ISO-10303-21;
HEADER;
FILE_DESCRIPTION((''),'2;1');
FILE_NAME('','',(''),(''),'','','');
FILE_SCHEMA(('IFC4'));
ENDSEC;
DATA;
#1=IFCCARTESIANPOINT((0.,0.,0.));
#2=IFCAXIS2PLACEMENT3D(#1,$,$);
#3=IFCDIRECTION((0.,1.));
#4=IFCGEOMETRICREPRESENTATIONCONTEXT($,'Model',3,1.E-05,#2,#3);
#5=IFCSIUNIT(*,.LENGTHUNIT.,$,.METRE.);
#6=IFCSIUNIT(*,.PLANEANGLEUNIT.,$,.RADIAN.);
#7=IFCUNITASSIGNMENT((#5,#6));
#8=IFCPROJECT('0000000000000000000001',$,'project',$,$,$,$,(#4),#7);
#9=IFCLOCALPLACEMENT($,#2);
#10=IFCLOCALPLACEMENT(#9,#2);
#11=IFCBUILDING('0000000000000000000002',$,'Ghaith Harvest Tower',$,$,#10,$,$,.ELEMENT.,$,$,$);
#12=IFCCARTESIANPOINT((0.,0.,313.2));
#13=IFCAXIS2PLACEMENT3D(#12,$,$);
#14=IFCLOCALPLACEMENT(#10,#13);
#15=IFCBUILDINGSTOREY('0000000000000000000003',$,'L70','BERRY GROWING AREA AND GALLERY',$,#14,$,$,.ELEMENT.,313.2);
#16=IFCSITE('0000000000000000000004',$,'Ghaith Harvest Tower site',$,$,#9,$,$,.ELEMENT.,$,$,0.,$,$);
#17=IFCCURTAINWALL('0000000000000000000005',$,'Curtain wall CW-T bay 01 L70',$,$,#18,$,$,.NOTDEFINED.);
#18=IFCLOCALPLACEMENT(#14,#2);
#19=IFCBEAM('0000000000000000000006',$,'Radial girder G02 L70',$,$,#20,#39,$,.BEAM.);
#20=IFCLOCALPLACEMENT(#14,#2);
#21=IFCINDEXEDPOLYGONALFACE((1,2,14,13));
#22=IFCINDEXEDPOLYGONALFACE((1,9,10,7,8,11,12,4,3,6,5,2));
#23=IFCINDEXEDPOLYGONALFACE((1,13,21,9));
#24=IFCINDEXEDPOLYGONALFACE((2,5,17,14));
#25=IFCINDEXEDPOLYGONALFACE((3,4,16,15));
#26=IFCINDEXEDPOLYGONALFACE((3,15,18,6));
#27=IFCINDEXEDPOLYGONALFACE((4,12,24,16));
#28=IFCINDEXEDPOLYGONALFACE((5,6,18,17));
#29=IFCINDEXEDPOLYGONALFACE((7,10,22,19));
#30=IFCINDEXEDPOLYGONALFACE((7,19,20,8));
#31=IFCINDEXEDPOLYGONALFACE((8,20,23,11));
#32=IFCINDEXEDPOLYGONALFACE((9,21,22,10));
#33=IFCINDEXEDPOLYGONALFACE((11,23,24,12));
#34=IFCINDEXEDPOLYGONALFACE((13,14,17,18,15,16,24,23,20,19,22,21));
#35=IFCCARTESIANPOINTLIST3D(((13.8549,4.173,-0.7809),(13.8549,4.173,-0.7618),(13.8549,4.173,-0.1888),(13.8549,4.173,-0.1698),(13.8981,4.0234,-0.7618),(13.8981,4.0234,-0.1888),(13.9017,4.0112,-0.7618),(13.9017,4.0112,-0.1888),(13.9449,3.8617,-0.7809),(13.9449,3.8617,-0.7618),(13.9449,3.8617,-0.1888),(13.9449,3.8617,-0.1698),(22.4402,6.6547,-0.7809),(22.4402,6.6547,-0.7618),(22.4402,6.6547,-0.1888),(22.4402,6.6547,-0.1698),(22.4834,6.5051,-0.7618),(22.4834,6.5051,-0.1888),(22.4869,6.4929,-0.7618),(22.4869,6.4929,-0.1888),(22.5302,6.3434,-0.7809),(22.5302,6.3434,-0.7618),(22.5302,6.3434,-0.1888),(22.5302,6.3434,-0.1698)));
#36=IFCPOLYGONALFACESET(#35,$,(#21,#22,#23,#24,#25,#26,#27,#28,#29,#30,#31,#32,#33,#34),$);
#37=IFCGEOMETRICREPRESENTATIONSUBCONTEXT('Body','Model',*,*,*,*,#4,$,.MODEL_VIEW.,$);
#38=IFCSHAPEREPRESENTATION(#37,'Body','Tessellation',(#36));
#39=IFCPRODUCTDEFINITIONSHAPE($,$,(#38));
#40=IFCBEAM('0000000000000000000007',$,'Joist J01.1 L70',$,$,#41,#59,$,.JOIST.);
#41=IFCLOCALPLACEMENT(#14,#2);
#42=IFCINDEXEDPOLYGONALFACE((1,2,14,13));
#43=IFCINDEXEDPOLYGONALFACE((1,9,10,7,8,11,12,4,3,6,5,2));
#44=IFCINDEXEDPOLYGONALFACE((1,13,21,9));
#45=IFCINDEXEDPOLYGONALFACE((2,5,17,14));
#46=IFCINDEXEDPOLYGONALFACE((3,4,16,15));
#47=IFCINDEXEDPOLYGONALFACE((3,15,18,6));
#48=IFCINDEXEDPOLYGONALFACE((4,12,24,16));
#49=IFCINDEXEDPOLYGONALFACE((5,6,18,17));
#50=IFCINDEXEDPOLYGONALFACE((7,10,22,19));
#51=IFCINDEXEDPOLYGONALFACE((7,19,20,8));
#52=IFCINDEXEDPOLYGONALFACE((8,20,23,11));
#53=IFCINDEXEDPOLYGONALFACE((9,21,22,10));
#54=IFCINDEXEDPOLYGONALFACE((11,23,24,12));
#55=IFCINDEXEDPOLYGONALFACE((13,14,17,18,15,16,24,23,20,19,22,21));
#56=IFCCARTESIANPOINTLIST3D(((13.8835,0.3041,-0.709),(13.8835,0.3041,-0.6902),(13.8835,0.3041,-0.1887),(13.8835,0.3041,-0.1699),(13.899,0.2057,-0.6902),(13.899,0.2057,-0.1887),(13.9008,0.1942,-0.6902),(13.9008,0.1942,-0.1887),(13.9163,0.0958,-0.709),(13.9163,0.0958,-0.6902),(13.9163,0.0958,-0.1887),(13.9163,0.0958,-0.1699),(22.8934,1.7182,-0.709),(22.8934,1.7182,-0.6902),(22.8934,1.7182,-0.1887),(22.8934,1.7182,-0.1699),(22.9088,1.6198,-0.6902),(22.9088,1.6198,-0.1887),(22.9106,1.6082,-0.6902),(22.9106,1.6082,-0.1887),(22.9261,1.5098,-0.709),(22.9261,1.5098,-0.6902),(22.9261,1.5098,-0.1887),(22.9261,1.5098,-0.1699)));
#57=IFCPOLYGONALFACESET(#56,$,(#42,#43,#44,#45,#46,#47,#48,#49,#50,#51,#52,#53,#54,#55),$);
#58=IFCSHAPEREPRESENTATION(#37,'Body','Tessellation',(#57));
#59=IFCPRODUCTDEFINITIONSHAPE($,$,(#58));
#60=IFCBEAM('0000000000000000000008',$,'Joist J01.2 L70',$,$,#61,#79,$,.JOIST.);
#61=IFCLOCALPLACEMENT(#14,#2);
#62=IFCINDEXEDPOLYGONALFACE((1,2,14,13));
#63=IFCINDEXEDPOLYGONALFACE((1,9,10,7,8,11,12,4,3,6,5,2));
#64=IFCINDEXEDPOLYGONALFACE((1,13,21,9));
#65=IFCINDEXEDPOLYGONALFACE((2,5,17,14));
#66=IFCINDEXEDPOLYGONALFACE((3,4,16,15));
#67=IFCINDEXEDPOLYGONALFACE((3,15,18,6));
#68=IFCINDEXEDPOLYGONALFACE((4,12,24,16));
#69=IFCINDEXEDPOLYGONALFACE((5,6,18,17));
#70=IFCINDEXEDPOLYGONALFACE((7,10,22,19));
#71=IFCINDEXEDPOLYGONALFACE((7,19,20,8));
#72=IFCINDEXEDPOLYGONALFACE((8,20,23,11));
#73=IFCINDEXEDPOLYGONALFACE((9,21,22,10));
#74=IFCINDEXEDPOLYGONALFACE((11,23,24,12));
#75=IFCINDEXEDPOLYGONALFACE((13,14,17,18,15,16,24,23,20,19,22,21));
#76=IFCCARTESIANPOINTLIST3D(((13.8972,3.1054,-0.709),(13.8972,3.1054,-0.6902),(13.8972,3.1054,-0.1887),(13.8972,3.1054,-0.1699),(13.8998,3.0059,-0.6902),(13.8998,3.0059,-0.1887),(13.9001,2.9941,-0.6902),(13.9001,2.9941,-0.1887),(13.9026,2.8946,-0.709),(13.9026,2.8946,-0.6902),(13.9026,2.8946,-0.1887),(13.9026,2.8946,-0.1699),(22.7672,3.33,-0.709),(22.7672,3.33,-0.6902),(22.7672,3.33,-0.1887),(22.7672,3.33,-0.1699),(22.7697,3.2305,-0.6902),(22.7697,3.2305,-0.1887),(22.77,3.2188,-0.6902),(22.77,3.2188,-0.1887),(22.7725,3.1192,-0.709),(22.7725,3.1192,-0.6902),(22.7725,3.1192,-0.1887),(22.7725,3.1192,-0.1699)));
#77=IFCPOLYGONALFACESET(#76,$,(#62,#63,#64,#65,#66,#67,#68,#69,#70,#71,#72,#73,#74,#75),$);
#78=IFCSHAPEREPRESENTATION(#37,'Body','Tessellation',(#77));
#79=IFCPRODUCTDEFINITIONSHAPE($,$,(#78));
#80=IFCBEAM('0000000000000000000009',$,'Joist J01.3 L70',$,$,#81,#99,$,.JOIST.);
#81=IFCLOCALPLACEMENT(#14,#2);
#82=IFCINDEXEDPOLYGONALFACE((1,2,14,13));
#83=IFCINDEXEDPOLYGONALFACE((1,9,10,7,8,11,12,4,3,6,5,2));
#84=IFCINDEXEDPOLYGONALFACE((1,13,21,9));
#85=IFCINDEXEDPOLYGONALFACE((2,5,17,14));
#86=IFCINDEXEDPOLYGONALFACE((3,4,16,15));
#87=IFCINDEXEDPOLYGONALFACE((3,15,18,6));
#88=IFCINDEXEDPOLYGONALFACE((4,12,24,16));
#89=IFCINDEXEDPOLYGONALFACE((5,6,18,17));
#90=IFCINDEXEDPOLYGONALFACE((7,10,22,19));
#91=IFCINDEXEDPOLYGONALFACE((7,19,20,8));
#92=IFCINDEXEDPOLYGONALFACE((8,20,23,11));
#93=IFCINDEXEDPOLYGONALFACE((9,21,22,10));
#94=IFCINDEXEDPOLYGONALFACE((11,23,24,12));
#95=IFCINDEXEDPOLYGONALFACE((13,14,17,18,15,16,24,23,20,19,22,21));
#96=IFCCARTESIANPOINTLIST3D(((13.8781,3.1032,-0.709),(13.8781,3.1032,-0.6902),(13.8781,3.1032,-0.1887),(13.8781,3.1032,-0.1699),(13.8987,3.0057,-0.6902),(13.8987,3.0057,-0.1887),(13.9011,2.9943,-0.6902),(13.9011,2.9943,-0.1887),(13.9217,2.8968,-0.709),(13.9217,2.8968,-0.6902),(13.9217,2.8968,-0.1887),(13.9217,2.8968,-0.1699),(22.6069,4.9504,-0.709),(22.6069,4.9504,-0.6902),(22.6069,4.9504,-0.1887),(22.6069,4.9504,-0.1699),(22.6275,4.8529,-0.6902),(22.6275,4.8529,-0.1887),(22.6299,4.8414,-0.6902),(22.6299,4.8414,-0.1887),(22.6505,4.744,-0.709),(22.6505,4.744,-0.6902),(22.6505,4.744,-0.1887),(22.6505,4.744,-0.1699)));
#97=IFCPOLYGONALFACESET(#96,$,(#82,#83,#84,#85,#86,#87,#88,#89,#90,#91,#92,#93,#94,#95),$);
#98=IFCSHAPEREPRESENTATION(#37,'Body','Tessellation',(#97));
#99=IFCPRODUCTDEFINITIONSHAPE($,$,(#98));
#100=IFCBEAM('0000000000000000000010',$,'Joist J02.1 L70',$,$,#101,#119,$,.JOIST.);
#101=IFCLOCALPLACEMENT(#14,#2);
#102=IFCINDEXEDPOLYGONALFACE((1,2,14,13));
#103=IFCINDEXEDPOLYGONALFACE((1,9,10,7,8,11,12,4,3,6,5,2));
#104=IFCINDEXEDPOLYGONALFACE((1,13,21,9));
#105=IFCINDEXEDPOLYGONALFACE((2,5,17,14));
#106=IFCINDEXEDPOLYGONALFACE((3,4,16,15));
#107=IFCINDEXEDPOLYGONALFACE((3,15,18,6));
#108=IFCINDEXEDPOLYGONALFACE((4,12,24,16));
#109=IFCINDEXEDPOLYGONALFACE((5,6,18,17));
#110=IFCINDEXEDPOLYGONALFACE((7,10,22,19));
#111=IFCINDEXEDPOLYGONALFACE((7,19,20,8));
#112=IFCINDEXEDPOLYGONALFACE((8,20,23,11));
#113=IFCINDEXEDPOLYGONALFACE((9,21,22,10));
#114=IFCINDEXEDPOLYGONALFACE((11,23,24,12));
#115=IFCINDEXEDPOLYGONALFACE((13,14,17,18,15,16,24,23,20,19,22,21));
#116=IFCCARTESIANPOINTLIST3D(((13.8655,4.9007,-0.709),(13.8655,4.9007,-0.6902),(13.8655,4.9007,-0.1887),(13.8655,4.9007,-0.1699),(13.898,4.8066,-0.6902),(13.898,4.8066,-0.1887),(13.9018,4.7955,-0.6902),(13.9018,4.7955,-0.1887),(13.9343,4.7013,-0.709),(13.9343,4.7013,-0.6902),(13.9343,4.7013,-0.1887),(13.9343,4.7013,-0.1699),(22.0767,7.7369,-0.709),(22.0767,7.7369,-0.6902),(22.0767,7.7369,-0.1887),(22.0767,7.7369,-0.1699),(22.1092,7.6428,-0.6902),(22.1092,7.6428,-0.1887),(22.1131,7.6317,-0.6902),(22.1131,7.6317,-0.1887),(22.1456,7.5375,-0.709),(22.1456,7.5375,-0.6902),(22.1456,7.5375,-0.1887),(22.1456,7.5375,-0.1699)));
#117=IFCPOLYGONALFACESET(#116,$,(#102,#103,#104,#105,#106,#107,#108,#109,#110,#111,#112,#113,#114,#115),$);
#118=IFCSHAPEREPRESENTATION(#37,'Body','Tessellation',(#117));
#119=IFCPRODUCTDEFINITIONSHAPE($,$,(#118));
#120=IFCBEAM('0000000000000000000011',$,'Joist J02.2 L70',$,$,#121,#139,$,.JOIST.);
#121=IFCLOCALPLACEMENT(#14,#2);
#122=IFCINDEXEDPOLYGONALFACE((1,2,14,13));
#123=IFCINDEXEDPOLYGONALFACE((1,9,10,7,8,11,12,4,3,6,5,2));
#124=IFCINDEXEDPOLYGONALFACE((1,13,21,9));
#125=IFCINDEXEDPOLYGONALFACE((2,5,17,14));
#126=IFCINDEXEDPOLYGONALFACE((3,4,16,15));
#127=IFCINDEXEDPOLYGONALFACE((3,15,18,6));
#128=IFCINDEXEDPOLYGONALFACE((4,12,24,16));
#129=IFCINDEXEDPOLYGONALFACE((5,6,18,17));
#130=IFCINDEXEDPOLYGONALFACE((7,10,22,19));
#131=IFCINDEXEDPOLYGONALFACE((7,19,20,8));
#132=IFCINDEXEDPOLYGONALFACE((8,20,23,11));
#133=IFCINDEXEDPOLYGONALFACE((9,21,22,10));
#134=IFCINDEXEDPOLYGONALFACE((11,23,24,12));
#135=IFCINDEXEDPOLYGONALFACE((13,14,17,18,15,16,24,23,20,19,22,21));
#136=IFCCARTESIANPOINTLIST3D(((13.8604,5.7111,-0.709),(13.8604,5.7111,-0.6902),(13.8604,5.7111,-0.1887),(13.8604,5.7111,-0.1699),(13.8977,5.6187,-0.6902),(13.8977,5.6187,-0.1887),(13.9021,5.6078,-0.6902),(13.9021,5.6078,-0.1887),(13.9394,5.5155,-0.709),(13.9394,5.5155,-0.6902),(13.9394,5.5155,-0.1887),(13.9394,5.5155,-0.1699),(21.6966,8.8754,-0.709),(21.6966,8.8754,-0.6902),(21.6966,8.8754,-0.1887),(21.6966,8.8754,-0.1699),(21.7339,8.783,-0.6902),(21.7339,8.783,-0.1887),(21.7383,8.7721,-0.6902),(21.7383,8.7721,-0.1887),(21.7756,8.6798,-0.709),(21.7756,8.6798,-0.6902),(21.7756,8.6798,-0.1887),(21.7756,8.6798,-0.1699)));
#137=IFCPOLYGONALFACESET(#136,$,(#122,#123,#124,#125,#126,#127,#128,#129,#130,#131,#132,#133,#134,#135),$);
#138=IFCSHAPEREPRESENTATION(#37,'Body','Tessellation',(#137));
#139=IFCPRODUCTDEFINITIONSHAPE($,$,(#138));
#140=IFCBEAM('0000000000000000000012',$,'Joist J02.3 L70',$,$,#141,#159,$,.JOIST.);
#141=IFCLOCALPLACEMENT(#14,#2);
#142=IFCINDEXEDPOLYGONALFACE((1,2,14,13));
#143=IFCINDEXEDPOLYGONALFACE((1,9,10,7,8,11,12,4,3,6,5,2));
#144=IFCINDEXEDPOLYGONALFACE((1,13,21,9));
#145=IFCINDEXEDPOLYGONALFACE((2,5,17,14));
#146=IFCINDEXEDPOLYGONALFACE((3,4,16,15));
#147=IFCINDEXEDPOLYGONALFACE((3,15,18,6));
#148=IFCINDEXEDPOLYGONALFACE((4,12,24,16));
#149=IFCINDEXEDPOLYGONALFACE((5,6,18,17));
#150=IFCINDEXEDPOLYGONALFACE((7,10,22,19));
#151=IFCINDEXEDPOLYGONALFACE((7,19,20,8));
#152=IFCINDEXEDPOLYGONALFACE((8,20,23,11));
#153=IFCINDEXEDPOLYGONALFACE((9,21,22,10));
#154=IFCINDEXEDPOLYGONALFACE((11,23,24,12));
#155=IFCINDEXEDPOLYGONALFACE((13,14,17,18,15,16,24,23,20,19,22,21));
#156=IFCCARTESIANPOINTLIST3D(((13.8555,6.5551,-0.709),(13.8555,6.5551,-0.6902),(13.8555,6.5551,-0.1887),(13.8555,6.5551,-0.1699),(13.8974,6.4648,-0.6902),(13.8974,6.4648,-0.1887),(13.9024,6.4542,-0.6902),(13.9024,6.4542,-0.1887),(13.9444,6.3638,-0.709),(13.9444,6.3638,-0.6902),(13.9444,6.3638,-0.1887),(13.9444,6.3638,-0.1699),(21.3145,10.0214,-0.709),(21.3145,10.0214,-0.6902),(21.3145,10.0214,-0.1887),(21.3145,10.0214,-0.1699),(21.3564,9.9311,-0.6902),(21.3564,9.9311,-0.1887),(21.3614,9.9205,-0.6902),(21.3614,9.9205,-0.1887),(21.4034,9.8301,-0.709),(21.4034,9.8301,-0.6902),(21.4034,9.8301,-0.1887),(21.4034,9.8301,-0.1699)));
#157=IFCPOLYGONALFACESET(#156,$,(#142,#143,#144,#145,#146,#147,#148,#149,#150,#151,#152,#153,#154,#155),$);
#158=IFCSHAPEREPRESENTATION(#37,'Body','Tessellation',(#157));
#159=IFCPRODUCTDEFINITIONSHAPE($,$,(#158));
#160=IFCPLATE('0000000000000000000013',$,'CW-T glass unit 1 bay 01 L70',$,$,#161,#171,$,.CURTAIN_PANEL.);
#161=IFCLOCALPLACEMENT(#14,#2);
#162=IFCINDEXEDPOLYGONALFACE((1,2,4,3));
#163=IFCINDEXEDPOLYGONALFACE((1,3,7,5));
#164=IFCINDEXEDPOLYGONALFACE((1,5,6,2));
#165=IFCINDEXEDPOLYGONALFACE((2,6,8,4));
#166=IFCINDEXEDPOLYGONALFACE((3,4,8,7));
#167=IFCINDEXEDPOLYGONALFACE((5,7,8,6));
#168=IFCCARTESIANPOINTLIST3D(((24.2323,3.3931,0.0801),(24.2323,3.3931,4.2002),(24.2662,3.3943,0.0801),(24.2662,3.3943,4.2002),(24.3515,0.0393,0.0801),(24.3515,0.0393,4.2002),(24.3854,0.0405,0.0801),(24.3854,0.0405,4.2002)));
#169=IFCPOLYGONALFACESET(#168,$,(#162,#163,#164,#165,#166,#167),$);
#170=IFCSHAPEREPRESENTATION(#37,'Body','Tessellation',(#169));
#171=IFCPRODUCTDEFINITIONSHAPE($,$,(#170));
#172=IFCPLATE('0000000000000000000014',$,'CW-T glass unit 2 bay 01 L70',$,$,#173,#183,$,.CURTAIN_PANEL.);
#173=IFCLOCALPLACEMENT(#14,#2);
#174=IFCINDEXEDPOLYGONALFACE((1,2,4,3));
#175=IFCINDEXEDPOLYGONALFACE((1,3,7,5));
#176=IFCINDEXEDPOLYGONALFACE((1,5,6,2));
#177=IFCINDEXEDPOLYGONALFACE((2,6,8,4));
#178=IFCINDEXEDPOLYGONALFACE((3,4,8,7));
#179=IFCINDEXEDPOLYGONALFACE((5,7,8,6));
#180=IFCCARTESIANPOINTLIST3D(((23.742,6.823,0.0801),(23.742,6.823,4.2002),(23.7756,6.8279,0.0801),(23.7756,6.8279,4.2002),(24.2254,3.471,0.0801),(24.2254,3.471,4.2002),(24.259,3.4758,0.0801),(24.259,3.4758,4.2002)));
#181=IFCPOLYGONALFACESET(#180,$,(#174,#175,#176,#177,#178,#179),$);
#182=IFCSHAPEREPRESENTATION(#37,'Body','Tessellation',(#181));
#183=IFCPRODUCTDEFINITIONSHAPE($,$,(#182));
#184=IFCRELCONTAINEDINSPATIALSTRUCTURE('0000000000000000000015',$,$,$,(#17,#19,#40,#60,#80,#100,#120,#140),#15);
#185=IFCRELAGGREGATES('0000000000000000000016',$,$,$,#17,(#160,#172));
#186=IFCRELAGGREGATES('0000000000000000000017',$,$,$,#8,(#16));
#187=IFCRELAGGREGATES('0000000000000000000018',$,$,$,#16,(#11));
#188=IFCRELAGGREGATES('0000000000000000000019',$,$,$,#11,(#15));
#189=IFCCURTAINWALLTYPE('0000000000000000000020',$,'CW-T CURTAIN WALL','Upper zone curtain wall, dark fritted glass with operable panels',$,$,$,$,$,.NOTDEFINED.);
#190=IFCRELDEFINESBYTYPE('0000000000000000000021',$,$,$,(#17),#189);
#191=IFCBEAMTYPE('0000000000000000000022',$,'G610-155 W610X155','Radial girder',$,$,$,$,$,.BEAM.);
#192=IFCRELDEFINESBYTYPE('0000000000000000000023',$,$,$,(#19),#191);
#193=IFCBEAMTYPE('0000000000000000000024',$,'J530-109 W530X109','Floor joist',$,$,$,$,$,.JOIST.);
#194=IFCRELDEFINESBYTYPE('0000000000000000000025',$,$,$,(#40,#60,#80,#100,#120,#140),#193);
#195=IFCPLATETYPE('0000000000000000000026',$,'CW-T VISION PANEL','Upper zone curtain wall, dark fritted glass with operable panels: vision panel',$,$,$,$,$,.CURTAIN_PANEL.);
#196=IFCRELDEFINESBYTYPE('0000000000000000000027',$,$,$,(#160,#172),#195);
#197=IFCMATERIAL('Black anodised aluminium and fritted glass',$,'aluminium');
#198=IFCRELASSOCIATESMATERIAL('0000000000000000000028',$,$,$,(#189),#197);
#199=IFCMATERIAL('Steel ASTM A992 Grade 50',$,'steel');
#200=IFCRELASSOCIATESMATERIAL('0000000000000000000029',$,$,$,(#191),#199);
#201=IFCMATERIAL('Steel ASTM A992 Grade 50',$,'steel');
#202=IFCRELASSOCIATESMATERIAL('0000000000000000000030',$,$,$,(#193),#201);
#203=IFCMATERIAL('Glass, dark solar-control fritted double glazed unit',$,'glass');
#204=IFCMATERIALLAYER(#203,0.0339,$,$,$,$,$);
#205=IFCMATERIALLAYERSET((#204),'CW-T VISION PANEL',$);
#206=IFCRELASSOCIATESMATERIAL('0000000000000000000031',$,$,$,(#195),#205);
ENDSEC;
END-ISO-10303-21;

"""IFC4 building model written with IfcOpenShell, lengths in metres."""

from ifc_helpers import new_model, si_unit, direction, frame, origin, origin_2d, place, context, subcontext, project, spatial, rectangle, i_section, extrude, material, layer, layer_set, material_profile, profile_set, type_object, element, aggregate, save


model = new_model("IFC4")

# Units and contexts
model_context = context("Model", 3, precision=1e-05, world=origin(), true_north=direction((0.0, 1.0)))
body_context = subcontext(model_context, "Body", "Model", "MODEL_VIEW")
ifc_project = project(units=[si_unit("LENGTHUNIT", "METRE"), si_unit("PLANEANGLEUNIT", "RADIAN")], contexts=[model_context])

# Site, building, storey
site_placement = place(None, origin())
site = spatial("IfcSite", under=ifc_project, at=site_placement, Name="Ghaith Harvest Tower site", CompositionType="ELEMENT", RefElevation=0.0)
building_placement = place(site_placement, origin())
building = spatial("IfcBuilding", under=site, at=building_placement, Name="Ghaith Harvest Tower", CompositionType="ELEMENT")
storey_placement = place(building_placement, frame((0.0, 0.0, 313.2)))
storey = spatial("IfcBuildingStorey", under=building, at=storey_placement, Name="L70", Description="BERRY GROWING AREA AND GALLERY", CompositionType="ELEMENT", Elevation=313.2)

# Curtain wall
ifc_material_1 = material(Name="Black anodised aluminium and fritted glass", Category="aluminium")
curtain_wall_type = type_object("IfcCurtainWallType", Name="CW-T CURTAIN WALL", Description="Upper zone curtain wall, dark fritted glass with operable panels", PredefinedType="NOTDEFINED", material=ifc_material_1)
curtain_wall_1_placement = place(storey_placement, origin())
curtain_wall_1 = element("IfcCurtainWall", 1, at=curtain_wall_1_placement, inside=storey, type_object=curtain_wall_type, Name="Curtain wall CW-T bay 01 L70", PredefinedType="NOTDEFINED")

# Beams
ifc_material_2 = material(Name="Steel ASTM A992 Grade 50", Category="steel")
ifc_material_profile_1 = material_profile(ifc_material_2, i_section(OverallWidth=0.324, OverallDepth=0.6111, WebThickness=0.0127, FlangeThickness=0.019, at=origin_2d()), Name="W610X155")
ifc_profile_set_1 = profile_set([ifc_material_profile_1], Name="Steel ASTM A992 Grade 50")
beam_type_1 = type_object("IfcBeamType", Name="G610-155 W610X155", Description="Radial girder", PredefinedType="BEAM", material=ifc_profile_set_1)
beam_1_placement = place(storey_placement, frame((13.8999, 4.0173, -0.4753), z_axis=(0.960669, 0.277697, 0.0), x_axis=(-0.277697, 0.960669, 0.0)))
element("IfcBeam", 2, at=beam_1_placement, inside=storey, type_object=beam_type_1, Name="Radial girder G02 L70", PredefinedType="BEAM", context=body_context, shape_type="SweptSolid", body=[
    extrude(i_section(OverallWidth=0.324, OverallDepth=0.6111, WebThickness=0.0127, FlangeThickness=0.019, at=origin_2d()), origin(), (0.0, 0.0, 1.0), 8.9368),
])
ifc_material_3 = material(Name="Steel ASTM A992 Grade 50", Category="steel")
ifc_material_profile_2 = material_profile(ifc_material_3, i_section(OverallWidth=0.2109, OverallDepth=0.5391, WebThickness=0.0117, FlangeThickness=0.0188, at=origin_2d()), Name="W530X109")
ifc_profile_set_2 = profile_set([ifc_material_profile_2], Name="Steel ASTM A992 Grade 50")
beam_type_2 = type_object("IfcBeamType", Name="J530-109 W530X109", Description="Floor joist", PredefinedType="JOIST", material=ifc_profile_set_2)
beam_2_placement = place(storey_placement, frame((13.8999, 0.2, -0.4395), z_axis=(0.987907, 0.15505, 0.0), x_axis=(-0.15505, 0.987907, 0.0)))
element("IfcBeam", 3, at=beam_2_placement, inside=storey, type_object=beam_type_2, Name="Joist J01.1 L70", PredefinedType="JOIST", context=body_context, shape_type="SweptSolid", body=[
    extrude(i_section(OverallWidth=0.2109, OverallDepth=0.5391, WebThickness=0.0117, FlangeThickness=0.0188, at=origin_2d()), origin(), (0.0, 0.0, 1.0), 9.1201),
])
beam_3_placement = place(storey_placement, frame((13.8999, 3.0, -0.4395), z_axis=(0.99968, 0.025315, 0.0), x_axis=(-0.025315, 0.99968, 0.0)))
element("IfcBeam", 4, at=beam_3_placement, inside=storey, type_object=beam_type_2, Name="Joist J01.2 L70", PredefinedType="JOIST", context=body_context, shape_type="SweptSolid", body=[
    extrude(i_section(OverallWidth=0.2109, OverallDepth=0.5391, WebThickness=0.0117, FlangeThickness=0.0188, at=origin_2d()), origin(), (0.0, 0.0, 1.0), 8.8728),
])
beam_4_placement = place(storey_placement, frame((13.8999, 3.0, -0.4395), z_axis=(0.978334, 0.207034, 0.0), x_axis=(-0.207034, 0.978334, 0.0)))
element("IfcBeam", 5, at=beam_4_placement, inside=storey, type_object=beam_type_2, Name="Joist J01.3 L70", PredefinedType="JOIST", context=body_context, shape_type="SweptSolid", body=[
    extrude(i_section(OverallWidth=0.2109, OverallDepth=0.5391, WebThickness=0.0117, FlangeThickness=0.0188, at=origin_2d()), origin(), (0.0, 0.0, 1.0), 8.9221),
])
beam_5_placement = place(storey_placement, frame((13.8999, 4.801, -0.4395), z_axis=(0.945205, 0.326478, 0.0), x_axis=(-0.326478, 0.945205, 0.0)))
element("IfcBeam", 6, at=beam_5_placement, inside=storey, type_object=beam_type_2, Name="Joist J02.1 L70", PredefinedType="JOIST", context=body_context, shape_type="SweptSolid", body=[
    extrude(i_section(OverallWidth=0.2109, OverallDepth=0.5391, WebThickness=0.0117, FlangeThickness=0.0188, at=origin_2d()), origin(), (0.0, 0.0, 1.0), 8.6873),
])
beam_6_placement = place(storey_placement, frame((13.8999, 5.6133, -0.4395), z_axis=(0.927254, 0.374432, 0.0), x_axis=(-0.374432, 0.927254, 0.0)))
element("IfcBeam", 7, at=beam_6_placement, inside=storey, type_object=beam_type_2, Name="Joist J02.2 L70", PredefinedType="JOIST", context=body_context, shape_type="SweptSolid", body=[
    extrude(i_section(OverallWidth=0.2109, OverallDepth=0.5391, WebThickness=0.0117, FlangeThickness=0.0188, at=origin_2d()), origin(), (0.0, 0.0, 1.0), 8.4509),
])
beam_7_placement = place(storey_placement, frame((13.8999, 6.4595, -0.4395), z_axis=(0.90686, 0.421432, 0.0), x_axis=(-0.421432, 0.90686, 0.0)))
element("IfcBeam", 8, at=beam_7_placement, inside=storey, type_object=beam_type_2, Name="Joist J02.3 L70", PredefinedType="JOIST", context=body_context, shape_type="SweptSolid", body=[
    extrude(i_section(OverallWidth=0.2109, OverallDepth=0.5391, WebThickness=0.0117, FlangeThickness=0.0188, at=origin_2d()), origin(), (0.0, 0.0, 1.0), 8.2251),
])

# Plates
ifc_material_4 = material(Name="Glass, dark solar-control fritted double glazed unit", Category="glass")
ifc_layer_1 = layer(ifc_material_4, 0.0339)
ifc_layer_set_1 = layer_set([ifc_layer_1], Name="CW-T VISION PANEL")
plate_type_1 = type_object("IfcPlateType", Name="CW-T VISION PANEL", Description="Upper zone curtain wall, dark fritted glass with operable panels: vision panel", PredefinedType="CURTAIN_PANEL", material=ifc_layer_set_1)
plate_1_placement = place(storey_placement, frame((24.3088, 1.7168, 0.0801), z_axis=(0.0, 0.0, 1.0), x_axis=(-0.035536, 0.999368, 0.0)))
plate_1 = element("IfcPlate", 9, at=plate_1_placement, type_object=plate_type_1, Name="CW-T glass unit 1 bay 01 L70", PredefinedType="CURTAIN_PANEL", context=body_context, shape_type="SweptSolid", body=[
    extrude(rectangle(XDim=3.356, YDim=0.0339, at=origin_2d()), origin(), (0.0, 0.0, 1.0), 4.1201),
])
plate_2_placement = place(storey_placement, frame((24.0005, 5.1494, 0.0801), z_axis=(0.0, 0.0, 1.0), x_axis=(-0.14273, 0.989762, 0.0)))
plate_2 = element("IfcPlate", 10, at=plate_2_placement, type_object=plate_type_1, Name="CW-T glass unit 2 bay 01 L70", PredefinedType="CURTAIN_PANEL", context=body_context, shape_type="SweptSolid", body=[
    extrude(rectangle(XDim=3.3867, YDim=0.0339, at=origin_2d()), origin(), (0.0, 0.0, 1.0), 4.1201),
])
aggregate(curtain_wall_1, [plate_1, plate_2])

save(model, "model.ifc")
